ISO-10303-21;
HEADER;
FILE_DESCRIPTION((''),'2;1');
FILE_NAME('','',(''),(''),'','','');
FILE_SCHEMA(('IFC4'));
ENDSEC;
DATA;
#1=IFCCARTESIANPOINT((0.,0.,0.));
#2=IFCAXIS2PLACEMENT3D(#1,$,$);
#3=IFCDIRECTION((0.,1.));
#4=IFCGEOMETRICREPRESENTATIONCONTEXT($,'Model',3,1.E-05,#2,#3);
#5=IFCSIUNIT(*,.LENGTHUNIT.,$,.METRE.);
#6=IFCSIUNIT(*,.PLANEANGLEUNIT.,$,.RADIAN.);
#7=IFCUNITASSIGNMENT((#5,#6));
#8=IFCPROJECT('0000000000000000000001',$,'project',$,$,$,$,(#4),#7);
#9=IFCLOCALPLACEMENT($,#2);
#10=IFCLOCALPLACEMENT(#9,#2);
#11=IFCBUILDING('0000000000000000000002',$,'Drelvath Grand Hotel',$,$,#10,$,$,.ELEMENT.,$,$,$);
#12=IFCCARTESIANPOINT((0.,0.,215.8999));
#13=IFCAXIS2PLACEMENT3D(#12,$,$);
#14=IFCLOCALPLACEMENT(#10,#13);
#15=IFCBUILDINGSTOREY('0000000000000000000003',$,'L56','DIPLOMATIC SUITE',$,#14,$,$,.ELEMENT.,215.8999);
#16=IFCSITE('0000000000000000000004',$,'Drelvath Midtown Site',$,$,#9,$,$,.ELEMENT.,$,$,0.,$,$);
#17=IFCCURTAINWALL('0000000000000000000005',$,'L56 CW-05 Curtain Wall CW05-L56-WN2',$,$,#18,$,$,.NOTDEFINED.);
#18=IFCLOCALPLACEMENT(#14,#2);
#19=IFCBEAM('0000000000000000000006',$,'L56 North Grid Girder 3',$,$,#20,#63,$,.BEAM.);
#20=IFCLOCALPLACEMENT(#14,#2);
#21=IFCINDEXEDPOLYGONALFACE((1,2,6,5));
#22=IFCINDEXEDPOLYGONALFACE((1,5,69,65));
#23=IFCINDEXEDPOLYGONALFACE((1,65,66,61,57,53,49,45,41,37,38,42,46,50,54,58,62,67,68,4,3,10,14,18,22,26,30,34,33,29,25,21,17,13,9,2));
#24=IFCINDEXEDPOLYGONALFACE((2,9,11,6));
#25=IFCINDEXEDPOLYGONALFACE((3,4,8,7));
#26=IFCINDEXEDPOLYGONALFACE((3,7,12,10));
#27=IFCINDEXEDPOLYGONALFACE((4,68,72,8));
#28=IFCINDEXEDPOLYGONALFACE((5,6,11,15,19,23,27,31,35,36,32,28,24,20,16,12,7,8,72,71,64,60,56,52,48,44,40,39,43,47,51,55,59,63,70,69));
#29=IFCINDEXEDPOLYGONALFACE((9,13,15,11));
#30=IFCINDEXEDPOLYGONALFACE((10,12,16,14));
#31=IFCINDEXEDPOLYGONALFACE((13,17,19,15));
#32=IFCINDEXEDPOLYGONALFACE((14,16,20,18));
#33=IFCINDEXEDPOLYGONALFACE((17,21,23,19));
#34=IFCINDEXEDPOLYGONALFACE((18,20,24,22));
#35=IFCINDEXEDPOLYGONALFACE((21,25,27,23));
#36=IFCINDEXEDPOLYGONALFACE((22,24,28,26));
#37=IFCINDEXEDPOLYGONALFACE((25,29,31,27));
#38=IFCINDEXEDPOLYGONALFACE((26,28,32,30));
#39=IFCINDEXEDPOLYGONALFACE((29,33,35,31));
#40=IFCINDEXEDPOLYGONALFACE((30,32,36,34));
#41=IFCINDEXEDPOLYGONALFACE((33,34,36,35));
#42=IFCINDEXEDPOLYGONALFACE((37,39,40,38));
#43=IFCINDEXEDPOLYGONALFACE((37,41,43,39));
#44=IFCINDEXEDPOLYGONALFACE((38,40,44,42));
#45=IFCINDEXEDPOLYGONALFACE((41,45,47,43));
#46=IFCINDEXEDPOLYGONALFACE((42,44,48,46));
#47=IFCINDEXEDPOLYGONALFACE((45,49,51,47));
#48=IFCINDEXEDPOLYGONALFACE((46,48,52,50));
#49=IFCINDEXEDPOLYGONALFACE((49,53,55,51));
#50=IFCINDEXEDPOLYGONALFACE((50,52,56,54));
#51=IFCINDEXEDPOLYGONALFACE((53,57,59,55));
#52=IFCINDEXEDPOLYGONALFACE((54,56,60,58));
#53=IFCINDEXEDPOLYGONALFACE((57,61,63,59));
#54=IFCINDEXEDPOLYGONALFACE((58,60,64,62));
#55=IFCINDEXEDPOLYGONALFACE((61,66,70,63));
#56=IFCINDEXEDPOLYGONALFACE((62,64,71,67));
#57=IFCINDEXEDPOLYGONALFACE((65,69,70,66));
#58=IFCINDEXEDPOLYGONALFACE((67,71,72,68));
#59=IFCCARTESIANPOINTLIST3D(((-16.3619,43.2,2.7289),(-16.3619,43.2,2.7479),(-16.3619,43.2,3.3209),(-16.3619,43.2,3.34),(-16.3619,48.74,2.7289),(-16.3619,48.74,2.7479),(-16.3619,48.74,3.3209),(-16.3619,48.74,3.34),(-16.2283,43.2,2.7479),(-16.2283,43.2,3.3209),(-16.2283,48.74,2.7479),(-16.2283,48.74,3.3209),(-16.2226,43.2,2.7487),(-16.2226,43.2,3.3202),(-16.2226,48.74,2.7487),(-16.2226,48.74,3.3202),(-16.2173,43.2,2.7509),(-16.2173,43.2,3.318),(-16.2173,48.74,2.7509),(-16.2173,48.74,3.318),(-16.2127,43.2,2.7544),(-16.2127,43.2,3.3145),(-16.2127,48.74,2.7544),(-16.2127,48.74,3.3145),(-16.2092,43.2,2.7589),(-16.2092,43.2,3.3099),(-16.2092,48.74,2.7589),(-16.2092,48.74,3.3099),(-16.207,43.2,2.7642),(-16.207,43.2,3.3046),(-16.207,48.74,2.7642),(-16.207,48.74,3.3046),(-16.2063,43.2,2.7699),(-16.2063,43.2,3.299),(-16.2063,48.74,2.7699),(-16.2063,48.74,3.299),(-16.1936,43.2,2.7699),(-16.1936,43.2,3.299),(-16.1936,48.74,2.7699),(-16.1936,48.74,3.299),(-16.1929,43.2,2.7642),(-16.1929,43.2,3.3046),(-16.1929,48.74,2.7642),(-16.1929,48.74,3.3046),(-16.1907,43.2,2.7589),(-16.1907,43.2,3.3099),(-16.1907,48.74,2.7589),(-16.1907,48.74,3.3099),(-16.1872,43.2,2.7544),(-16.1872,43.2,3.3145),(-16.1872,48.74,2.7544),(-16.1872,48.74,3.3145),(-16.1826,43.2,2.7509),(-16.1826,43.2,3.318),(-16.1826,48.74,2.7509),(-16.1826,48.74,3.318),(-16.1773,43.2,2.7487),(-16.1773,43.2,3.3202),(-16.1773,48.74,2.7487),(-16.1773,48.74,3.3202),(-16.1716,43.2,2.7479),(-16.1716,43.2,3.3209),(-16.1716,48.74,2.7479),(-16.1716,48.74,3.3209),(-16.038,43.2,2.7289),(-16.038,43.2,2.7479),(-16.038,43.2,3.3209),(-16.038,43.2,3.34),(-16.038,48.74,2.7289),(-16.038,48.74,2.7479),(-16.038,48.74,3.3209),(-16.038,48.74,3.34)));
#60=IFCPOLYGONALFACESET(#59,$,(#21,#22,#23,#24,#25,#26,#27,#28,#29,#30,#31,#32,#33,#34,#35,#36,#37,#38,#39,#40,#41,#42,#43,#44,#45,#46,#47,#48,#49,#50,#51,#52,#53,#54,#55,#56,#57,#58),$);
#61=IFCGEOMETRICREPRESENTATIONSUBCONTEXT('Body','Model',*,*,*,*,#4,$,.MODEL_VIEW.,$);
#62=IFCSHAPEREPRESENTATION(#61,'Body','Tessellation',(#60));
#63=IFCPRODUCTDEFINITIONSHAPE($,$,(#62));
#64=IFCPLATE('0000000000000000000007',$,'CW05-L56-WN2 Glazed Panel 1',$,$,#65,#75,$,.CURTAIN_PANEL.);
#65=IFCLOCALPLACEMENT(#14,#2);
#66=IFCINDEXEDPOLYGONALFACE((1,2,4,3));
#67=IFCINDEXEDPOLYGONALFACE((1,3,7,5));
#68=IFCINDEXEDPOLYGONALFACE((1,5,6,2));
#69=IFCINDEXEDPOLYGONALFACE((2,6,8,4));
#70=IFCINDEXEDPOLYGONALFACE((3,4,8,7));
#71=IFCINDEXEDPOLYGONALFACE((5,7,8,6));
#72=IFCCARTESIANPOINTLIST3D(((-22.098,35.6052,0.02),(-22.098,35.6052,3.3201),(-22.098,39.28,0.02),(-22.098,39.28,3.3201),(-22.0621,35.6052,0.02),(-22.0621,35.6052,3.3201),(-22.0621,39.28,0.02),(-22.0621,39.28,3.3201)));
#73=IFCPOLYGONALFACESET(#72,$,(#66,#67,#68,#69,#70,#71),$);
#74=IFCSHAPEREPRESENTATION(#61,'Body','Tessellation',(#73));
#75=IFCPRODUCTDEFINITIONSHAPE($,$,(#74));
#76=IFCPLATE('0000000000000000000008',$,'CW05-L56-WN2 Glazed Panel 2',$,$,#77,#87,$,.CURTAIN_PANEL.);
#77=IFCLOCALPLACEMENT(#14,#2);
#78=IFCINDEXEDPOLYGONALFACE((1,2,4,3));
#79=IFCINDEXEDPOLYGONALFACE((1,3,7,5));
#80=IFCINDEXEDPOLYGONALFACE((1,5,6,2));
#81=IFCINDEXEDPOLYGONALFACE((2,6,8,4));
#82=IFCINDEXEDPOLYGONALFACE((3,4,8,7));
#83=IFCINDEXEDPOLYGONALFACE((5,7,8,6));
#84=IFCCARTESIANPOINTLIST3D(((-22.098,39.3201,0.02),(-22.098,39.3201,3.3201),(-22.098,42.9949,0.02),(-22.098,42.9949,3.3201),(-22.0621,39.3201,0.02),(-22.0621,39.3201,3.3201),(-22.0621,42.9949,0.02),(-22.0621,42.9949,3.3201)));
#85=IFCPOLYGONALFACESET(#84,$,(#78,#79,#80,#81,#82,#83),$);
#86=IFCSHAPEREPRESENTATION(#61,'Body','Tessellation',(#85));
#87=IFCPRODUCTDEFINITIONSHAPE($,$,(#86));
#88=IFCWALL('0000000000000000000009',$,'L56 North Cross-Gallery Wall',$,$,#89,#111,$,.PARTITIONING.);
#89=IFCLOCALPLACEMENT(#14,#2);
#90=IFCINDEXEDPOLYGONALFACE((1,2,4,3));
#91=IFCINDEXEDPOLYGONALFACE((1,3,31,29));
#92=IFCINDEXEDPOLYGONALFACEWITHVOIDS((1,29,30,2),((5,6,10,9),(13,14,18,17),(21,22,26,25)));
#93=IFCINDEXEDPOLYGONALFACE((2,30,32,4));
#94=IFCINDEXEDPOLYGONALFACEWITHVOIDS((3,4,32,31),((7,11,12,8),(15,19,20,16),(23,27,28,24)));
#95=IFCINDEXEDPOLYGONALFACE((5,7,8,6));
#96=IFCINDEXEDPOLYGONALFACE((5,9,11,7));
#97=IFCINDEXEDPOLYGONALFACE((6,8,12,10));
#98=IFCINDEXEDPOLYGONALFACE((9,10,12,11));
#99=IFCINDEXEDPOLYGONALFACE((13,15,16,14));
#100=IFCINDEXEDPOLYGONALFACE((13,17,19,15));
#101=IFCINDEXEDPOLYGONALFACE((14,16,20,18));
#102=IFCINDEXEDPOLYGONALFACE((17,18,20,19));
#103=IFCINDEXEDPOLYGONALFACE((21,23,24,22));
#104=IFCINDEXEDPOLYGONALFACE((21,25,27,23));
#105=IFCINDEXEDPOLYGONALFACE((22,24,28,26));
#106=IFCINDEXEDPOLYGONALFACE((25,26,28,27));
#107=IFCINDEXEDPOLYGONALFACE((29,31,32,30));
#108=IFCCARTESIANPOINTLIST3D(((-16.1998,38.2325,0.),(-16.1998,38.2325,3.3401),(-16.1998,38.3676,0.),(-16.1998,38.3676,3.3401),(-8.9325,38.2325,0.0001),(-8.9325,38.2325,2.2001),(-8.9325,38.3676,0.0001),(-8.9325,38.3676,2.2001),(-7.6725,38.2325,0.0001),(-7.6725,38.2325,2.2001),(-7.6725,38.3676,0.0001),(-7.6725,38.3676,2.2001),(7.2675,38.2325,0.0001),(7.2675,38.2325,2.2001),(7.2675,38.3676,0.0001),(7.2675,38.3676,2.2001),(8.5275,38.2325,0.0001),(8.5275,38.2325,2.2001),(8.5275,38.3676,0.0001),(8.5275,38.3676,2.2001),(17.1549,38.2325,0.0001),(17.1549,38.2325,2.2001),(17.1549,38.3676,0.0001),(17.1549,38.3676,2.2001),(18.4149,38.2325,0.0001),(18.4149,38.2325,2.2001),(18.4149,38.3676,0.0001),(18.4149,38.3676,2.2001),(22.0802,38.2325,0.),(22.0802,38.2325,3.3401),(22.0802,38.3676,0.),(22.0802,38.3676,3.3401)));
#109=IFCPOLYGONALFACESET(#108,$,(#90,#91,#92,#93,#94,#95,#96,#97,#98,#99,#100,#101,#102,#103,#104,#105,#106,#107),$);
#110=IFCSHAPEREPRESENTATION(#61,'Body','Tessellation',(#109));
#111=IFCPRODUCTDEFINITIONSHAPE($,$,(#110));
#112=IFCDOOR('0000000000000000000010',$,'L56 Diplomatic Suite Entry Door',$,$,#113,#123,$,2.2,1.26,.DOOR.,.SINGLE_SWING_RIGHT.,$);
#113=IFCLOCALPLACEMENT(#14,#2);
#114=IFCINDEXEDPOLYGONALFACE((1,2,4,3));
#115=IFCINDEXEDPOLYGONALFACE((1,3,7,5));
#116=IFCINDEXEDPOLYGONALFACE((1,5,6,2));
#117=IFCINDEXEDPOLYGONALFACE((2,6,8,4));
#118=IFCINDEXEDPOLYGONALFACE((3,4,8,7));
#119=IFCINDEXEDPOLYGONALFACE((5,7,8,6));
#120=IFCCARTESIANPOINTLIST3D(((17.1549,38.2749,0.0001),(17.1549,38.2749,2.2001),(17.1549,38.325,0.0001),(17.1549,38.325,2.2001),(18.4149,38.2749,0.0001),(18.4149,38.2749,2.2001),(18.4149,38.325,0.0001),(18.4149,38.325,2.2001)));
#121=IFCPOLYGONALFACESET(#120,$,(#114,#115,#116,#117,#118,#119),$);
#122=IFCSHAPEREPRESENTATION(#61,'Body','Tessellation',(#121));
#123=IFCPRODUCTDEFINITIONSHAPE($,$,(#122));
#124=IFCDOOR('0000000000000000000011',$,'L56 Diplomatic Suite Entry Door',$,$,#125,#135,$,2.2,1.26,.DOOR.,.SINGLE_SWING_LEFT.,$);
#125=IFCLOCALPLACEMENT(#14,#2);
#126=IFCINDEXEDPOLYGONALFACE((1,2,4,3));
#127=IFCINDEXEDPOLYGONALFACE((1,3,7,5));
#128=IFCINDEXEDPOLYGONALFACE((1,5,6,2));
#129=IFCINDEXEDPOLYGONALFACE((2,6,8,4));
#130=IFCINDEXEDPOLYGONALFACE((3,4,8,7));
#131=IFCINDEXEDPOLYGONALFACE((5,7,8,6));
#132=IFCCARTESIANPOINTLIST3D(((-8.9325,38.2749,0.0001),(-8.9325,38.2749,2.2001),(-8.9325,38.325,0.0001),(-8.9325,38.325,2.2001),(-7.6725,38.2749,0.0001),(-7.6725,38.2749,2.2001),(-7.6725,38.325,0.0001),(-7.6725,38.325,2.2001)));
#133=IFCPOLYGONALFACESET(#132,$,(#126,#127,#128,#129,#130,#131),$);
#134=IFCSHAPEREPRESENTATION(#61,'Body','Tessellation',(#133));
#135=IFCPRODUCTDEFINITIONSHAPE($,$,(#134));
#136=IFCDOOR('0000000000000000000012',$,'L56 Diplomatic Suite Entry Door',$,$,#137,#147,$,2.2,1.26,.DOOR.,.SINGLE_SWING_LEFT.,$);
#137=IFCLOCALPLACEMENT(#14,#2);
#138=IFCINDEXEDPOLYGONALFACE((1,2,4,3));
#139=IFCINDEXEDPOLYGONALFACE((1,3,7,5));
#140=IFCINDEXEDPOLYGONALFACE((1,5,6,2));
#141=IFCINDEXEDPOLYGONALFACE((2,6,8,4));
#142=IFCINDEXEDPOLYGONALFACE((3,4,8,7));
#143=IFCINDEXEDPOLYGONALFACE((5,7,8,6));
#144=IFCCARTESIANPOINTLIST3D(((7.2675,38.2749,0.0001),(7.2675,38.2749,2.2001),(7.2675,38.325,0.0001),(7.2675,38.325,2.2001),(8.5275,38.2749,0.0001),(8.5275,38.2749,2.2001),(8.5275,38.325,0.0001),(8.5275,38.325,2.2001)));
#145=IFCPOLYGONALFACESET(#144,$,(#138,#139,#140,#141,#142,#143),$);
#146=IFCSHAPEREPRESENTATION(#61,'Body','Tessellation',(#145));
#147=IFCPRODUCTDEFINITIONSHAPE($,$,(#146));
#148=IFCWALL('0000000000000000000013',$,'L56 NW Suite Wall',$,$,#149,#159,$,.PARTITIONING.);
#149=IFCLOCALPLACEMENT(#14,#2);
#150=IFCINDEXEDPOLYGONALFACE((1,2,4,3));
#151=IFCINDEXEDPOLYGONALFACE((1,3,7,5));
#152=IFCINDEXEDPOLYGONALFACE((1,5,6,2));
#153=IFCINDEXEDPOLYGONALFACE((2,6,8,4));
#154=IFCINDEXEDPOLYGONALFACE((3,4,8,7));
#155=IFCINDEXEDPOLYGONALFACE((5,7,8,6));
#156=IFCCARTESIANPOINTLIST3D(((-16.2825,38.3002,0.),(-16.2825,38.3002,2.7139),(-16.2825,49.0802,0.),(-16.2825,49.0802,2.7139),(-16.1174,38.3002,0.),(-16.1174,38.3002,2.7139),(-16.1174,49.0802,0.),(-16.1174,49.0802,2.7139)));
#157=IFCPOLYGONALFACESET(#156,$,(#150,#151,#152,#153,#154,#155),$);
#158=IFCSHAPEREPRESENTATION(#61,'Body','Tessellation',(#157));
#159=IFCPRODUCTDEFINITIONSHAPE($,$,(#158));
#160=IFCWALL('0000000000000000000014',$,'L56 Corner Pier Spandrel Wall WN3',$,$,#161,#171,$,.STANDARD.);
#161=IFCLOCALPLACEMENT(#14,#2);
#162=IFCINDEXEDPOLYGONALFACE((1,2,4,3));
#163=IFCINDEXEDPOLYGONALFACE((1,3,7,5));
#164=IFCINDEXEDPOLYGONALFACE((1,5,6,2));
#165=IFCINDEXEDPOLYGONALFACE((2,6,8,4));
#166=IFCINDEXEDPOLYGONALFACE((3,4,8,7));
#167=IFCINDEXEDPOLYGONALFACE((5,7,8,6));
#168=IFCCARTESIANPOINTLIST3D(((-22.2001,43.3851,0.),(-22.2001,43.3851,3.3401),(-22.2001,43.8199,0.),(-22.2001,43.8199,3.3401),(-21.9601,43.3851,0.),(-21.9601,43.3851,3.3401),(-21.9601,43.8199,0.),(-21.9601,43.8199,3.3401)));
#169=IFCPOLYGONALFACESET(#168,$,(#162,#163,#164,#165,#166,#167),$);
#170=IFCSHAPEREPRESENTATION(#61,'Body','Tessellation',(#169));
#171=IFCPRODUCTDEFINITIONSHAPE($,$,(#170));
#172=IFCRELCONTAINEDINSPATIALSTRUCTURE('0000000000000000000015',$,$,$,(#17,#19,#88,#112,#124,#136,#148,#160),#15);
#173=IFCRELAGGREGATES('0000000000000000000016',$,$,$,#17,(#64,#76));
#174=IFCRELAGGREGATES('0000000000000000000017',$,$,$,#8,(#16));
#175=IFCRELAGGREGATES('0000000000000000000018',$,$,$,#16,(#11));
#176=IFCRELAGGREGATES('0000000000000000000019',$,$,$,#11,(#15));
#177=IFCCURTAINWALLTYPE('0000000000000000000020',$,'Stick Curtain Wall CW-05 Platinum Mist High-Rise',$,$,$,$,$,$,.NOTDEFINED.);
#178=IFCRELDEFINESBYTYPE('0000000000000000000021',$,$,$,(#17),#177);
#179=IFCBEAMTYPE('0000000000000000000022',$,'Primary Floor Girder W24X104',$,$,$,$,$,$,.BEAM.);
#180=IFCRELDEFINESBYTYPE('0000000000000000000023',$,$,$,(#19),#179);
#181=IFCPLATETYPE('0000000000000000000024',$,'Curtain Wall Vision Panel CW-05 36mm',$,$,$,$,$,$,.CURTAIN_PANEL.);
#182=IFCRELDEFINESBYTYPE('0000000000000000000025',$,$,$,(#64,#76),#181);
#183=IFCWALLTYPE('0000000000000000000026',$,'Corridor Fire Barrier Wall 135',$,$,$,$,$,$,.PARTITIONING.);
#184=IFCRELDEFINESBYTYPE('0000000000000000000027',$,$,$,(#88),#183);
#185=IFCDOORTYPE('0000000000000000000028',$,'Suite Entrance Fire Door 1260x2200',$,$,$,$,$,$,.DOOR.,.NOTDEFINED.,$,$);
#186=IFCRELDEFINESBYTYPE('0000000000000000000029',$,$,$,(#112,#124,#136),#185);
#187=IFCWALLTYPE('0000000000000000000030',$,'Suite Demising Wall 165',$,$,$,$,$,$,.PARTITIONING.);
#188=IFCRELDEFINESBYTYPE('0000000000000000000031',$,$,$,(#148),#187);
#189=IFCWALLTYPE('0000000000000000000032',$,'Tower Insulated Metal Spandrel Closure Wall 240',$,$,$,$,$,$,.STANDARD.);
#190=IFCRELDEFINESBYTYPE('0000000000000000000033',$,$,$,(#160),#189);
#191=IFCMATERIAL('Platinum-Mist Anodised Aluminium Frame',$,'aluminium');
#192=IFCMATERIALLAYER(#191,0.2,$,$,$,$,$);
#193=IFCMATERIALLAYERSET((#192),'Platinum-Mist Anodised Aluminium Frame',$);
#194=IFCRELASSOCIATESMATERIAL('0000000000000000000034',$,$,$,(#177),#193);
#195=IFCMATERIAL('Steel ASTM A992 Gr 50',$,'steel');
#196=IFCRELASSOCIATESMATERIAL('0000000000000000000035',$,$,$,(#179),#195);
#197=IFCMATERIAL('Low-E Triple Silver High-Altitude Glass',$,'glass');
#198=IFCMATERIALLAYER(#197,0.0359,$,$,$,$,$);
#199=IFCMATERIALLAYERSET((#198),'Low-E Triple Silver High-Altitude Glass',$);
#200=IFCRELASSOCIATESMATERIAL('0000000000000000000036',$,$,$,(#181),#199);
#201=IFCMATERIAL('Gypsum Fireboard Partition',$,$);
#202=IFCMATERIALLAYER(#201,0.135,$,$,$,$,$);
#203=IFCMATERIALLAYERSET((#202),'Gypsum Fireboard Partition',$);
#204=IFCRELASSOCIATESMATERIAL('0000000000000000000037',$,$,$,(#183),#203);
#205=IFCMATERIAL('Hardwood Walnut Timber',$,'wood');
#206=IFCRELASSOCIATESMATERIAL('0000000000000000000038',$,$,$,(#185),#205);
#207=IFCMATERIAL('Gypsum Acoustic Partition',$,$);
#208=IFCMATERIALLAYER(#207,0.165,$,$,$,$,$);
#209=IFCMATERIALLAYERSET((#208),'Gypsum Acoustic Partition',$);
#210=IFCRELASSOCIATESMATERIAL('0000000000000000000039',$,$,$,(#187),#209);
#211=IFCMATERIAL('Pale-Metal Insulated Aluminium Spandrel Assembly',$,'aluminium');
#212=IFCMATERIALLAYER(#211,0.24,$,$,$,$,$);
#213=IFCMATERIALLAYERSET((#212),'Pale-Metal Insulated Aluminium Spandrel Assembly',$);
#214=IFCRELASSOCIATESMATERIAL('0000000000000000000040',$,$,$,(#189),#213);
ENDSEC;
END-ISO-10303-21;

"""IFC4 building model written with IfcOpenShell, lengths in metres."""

from ifc_helpers import new_model, si_unit, direction, frame, frame_2d, origin, origin_2d, place, context, subcontext, project, spatial, rectangle, i_section, extrude, material, layer, layer_set, material_profile, profile_set, type_object, element, fill, aggregate, save


model = new_model("IFC4")

# Units and contexts
model_context = context("Model", 3, precision=1e-05, world=origin(), true_north=direction((0.0, 1.0)))
body_context = subcontext(model_context, "Body", "Model", "MODEL_VIEW")
ifc_project = project(units=[si_unit("LENGTHUNIT", "METRE"), si_unit("PLANEANGLEUNIT", "RADIAN")], contexts=[model_context])

# Site, building, storey
site_placement = place(None, origin())
site = spatial("IfcSite", under=ifc_project, at=site_placement, Name="Drelvath Midtown Site", CompositionType="ELEMENT", RefElevation=0.0)
building_placement = place(site_placement, origin())
building = spatial("IfcBuilding", under=site, at=building_placement, Name="Drelvath Grand Hotel", CompositionType="ELEMENT")
storey_placement = place(building_placement, frame((0.0, 0.0, 215.8999)))
storey = spatial("IfcBuildingStorey", under=building, at=storey_placement, Name="L56", Description="DIPLOMATIC SUITE", CompositionType="ELEMENT", Elevation=215.8999)

# Shared definitions
ifc_material_1 = material(Name="Steel ASTM A992 Gr 50", Category="steel")

# Curtain wall
ifc_material_2 = material(Name="Platinum-Mist Anodised Aluminium Frame", Category="aluminium")
ifc_layer_1 = layer(ifc_material_2, 0.2)
ifc_layer_set_1 = layer_set([ifc_layer_1], Name="Platinum-Mist Anodised Aluminium Frame")
curtain_wall_type = type_object("IfcCurtainWallType", Name="Stick Curtain Wall CW-05 Platinum Mist High-Rise", PredefinedType="NOTDEFINED", material=ifc_layer_set_1)
curtain_wall_placement = place(storey_placement, origin())
curtain_wall = element("IfcCurtainWall", 1, at=curtain_wall_placement, inside=storey, type_object=curtain_wall_type, Name="L56 CW-05 Curtain Wall CW05-L56-WN2", PredefinedType="NOTDEFINED")

# Beam
ifc_material_profile_1 = material_profile(ifc_material_1, i_section(OverallWidth=0.324, OverallDepth=0.6111, WebThickness=0.0127, FlangeThickness=0.019, FilletRadius=0.022, at=origin_2d()), Name="W24X104")
ifc_profile_set_1 = profile_set([ifc_material_profile_1], Name="Steel ASTM A992 Gr 50")
beam_type_1 = type_object("IfcBeamType", Name="Primary Floor Girder W24X104", PredefinedType="BEAM", material=ifc_profile_set_1)
for number, where, z_axis, x_axis, name in (
    (2, (-16.2, 43.2, 3.0344), (0.0, 1.0, 0.0), (-1.0, 0.0, 0.0), "L56 North Grid Girder 3"),
):
    element("IfcBeam", number, at=place(storey_placement, frame(where, z_axis=z_axis, x_axis=x_axis)), inside=storey, type_object=beam_type_1, Name=name, PredefinedType="BEAM", context=body_context, shape_type="SweptSolid", body=[
        extrude(i_section(OverallWidth=0.324, OverallDepth=0.6111, WebThickness=0.0127, FlangeThickness=0.019, FilletRadius=0.022, at=origin_2d()), origin(), (0.0, 0.0, 1.0), 5.54),
    ])

# Plates
ifc_material_3 = material(Name="Low-E Triple Silver High-Altitude Glass", Category="glass")
ifc_layer_2 = layer(ifc_material_3, 0.0359)
ifc_layer_set_2 = layer_set([ifc_layer_2], Name="Low-E Triple Silver High-Altitude Glass")
plate_type = type_object("IfcPlateType", Name="Curtain Wall Vision Panel CW-05 36mm", PredefinedType="CURTAIN_PANEL", material=ifc_layer_set_2)
plate_1_placement = place(storey_placement, frame((-22.0801, 37.4426, 0.02), z_axis=(0.0, 0.0, 1.0), x_axis=(0.0, 1.0, 0.0)))
plate_1 = element("IfcPlate", 3, at=plate_1_placement, type_object=plate_type, Name="CW05-L56-WN2 Glazed Panel 1", PredefinedType="CURTAIN_PANEL", context=body_context, shape_type="SweptSolid", body=[
    extrude(rectangle(XDim=3.6748, YDim=0.0359, at=origin_2d()), origin(), (0.0, 0.0, 1.0), 3.3),
])
plate_2_placement = place(storey_placement, frame((-22.0801, 41.1575, 0.02), z_axis=(0.0, 0.0, 1.0), x_axis=(0.0, 1.0, 0.0)))
plate_2 = element("IfcPlate", 4, at=plate_2_placement, type_object=plate_type, Name="CW05-L56-WN2 Glazed Panel 2", PredefinedType="CURTAIN_PANEL", context=body_context, shape_type="SweptSolid", body=[
    extrude(rectangle(XDim=3.6748, YDim=0.0359, at=origin_2d()), origin(), (0.0, 0.0, 1.0), 3.3),
])
aggregate(curtain_wall, [plate_1, plate_2])

# Wall, openings, doors
ifc_material_4 = material(Name="Gypsum Fireboard Partition")
ifc_layer_3 = layer(ifc_material_4, 0.135)
ifc_layer_set_3 = layer_set([ifc_layer_3], Name="Gypsum Fireboard Partition")
wall_type_1 = type_object("IfcWallType", Name="Corridor Fire Barrier Wall 135", PredefinedType="PARTITIONING", material=ifc_layer_set_3)
wall_1_placement = place(storey_placement, frame((-16.2, 38.3, 0.0), z_axis=(0.0, 0.0, 1.0), x_axis=(1.0, 0.0, 0.0)))
wall_1 = element("IfcWall", 5, at=wall_1_placement, inside=storey, type_object=wall_type_1, Name="L56 North Cross-Gallery Wall", PredefinedType="PARTITIONING", context=body_context, shape_type="SweptSolid", body=[
    extrude(rectangle(XDim=38.28, YDim=0.135, at=frame_2d((19.1401, 0.0))), origin(), (0.0, 0.0, 1.0), 3.3401),
])
opening_1_placement = place(wall_1_placement, frame((33.355, 0.0, 0.0)))
opening_1 = element("IfcOpeningElement", 6, at=opening_1_placement, cuts=wall_1, PredefinedType="OPENING", context=body_context, shape_type="SweptSolid", body=[
    extrude(rectangle(XDim=1.26, YDim=2.2, at=frame_2d((0.6299, 1.1001))), frame((0.0, 0.0774, 0.0), z_axis=(0.0, -1.0, 0.0), x_axis=(1.0, 0.0, 0.0)), (0.0, 0.0, 1.0), 0.155),
])
opening_2_placement = place(wall_1_placement, frame((7.2676, 0.0, 0.0)))
opening_2 = element("IfcOpeningElement", 7, at=opening_2_placement, cuts=wall_1, PredefinedType="OPENING", context=body_context, shape_type="SweptSolid", body=[
    extrude(rectangle(XDim=1.26, YDim=2.2, at=frame_2d((0.6299, 1.1001))), frame((0.0, 0.0774, 0.0), z_axis=(0.0, -1.0, 0.0), x_axis=(1.0, 0.0, 0.0)), (0.0, 0.0, 1.0), 0.155),
])
opening_3_placement = place(wall_1_placement, frame((23.4675, 0.0, 0.0)))
opening_3 = element("IfcOpeningElement", 8, at=opening_3_placement, cuts=wall_1, PredefinedType="OPENING", context=body_context, shape_type="SweptSolid", body=[
    extrude(rectangle(XDim=1.26, YDim=2.2, at=frame_2d((0.6299, 1.1001))), frame((0.0, 0.0774, 0.0), z_axis=(0.0, -1.0, 0.0), x_axis=(1.0, 0.0, 0.0)), (0.0, 0.0, 1.0), 0.155),
])
ifc_material_5 = material(Name="Hardwood Walnut Timber", Category="wood")
door_type_1 = type_object("IfcDoorType", Name="Suite Entrance Fire Door 1260x2200", OperationType="NOTDEFINED", PredefinedType="DOOR", material=ifc_material_5)
door_1_placement = place(opening_1_placement, origin())
door_1 = element("IfcDoor", 9, at=door_1_placement, inside=storey, type_object=door_type_1, Name="L56 Diplomatic Suite Entry Door", OperationType="SINGLE_SWING_RIGHT", OverallHeight=2.2, OverallWidth=1.26, PredefinedType="DOOR", context=body_context, shape_type="SweptSolid", body=[
    extrude(rectangle(XDim=1.26, YDim=2.2, at=frame_2d((0.6299, 1.1001))), frame((0.0, 0.0249, 0.0), z_axis=(0.0, -1.0, 0.0), x_axis=(1.0, 0.0, 0.0)), (0.0, 0.0, 1.0), 0.05),
])
fill(opening_1, door_1)
door_2_placement = place(opening_2_placement, origin())
door_2 = element("IfcDoor", 10, at=door_2_placement, inside=storey, type_object=door_type_1, Name="L56 Diplomatic Suite Entry Door", OperationType="SINGLE_SWING_LEFT", OverallHeight=2.2, OverallWidth=1.26, PredefinedType="DOOR", context=body_context, shape_type="SweptSolid", body=[
    extrude(rectangle(XDim=1.26, YDim=2.2, at=frame_2d((0.6299, 1.1001))), frame((0.0, 0.0249, 0.0), z_axis=(0.0, -1.0, 0.0), x_axis=(1.0, 0.0, 0.0)), (0.0, 0.0, 1.0), 0.05),
])
fill(opening_2, door_2)
door_3_placement = place(opening_3_placement, origin())
door_3 = element("IfcDoor", 11, at=door_3_placement, inside=storey, type_object=door_type_1, Name="L56 Diplomatic Suite Entry Door", OperationType="SINGLE_SWING_LEFT", OverallHeight=2.2, OverallWidth=1.26, PredefinedType="DOOR", context=body_context, shape_type="SweptSolid", body=[
    extrude(rectangle(XDim=1.26, YDim=2.2, at=frame_2d((0.6299, 1.1001))), frame((0.0, 0.0249, 0.0), z_axis=(0.0, -1.0, 0.0), x_axis=(1.0, 0.0, 0.0)), (0.0, 0.0, 1.0), 0.05),
])
fill(opening_3, door_3)

# Walls
ifc_material_6 = material(Name="Gypsum Acoustic Partition")
ifc_layer_4 = layer(ifc_material_6, 0.165)
ifc_layer_set_4 = layer_set([ifc_layer_4], Name="Gypsum Acoustic Partition")
wall_type_2 = type_object("IfcWallType", Name="Suite Demising Wall 165", PredefinedType="PARTITIONING", material=ifc_layer_set_4)
wall_2_placement = place(storey_placement, frame((-16.2, 38.3, 0.0), z_axis=(0.0, 0.0, 1.0), x_axis=(0.0, 1.0, 0.0)))
element("IfcWall", 12, at=wall_2_placement, inside=storey, type_object=wall_type_2, Name="L56 NW Suite Wall", PredefinedType="PARTITIONING", context=body_context, shape_type="SweptSolid", body=[
    extrude(rectangle(XDim=10.78, YDim=0.165, at=frame_2d((5.3901, 0.0))), origin(), (0.0, 0.0, 1.0), 2.7139),
])
ifc_material_7 = material(Name="Pale-Metal Insulated Aluminium Spandrel Assembly", Category="aluminium")
ifc_layer_5 = layer(ifc_material_7, 0.24)
ifc_layer_set_5 = layer_set([ifc_layer_5], Name="Pale-Metal Insulated Aluminium Spandrel Assembly")
wall_type_3 = type_object("IfcWallType", Name="Tower Insulated Metal Spandrel Closure Wall 240", PredefinedType="STANDARD", material=ifc_layer_set_5)
for number, where, z_axis, x_axis, name in (
    (13, (-22.0801, 43.3853, 0.0), (0.0, 0.0, 1.0), (0.0, 1.0, 0.0), "L56 Corner Pier Spandrel Wall WN3"),
):
    element("IfcWall", number, at=place(storey_placement, frame(where, z_axis=z_axis, x_axis=x_axis)), inside=storey, type_object=wall_type_3, Name=name, PredefinedType="STANDARD", context=body_context, shape_type="SweptSolid", body=[
        extrude(rectangle(XDim=0.4348, YDim=0.24, at=frame_2d((0.2173, 0.0))), origin(), (0.0, 0.0, 1.0), 3.3401),
    ])

save(model, "model.ifc")
